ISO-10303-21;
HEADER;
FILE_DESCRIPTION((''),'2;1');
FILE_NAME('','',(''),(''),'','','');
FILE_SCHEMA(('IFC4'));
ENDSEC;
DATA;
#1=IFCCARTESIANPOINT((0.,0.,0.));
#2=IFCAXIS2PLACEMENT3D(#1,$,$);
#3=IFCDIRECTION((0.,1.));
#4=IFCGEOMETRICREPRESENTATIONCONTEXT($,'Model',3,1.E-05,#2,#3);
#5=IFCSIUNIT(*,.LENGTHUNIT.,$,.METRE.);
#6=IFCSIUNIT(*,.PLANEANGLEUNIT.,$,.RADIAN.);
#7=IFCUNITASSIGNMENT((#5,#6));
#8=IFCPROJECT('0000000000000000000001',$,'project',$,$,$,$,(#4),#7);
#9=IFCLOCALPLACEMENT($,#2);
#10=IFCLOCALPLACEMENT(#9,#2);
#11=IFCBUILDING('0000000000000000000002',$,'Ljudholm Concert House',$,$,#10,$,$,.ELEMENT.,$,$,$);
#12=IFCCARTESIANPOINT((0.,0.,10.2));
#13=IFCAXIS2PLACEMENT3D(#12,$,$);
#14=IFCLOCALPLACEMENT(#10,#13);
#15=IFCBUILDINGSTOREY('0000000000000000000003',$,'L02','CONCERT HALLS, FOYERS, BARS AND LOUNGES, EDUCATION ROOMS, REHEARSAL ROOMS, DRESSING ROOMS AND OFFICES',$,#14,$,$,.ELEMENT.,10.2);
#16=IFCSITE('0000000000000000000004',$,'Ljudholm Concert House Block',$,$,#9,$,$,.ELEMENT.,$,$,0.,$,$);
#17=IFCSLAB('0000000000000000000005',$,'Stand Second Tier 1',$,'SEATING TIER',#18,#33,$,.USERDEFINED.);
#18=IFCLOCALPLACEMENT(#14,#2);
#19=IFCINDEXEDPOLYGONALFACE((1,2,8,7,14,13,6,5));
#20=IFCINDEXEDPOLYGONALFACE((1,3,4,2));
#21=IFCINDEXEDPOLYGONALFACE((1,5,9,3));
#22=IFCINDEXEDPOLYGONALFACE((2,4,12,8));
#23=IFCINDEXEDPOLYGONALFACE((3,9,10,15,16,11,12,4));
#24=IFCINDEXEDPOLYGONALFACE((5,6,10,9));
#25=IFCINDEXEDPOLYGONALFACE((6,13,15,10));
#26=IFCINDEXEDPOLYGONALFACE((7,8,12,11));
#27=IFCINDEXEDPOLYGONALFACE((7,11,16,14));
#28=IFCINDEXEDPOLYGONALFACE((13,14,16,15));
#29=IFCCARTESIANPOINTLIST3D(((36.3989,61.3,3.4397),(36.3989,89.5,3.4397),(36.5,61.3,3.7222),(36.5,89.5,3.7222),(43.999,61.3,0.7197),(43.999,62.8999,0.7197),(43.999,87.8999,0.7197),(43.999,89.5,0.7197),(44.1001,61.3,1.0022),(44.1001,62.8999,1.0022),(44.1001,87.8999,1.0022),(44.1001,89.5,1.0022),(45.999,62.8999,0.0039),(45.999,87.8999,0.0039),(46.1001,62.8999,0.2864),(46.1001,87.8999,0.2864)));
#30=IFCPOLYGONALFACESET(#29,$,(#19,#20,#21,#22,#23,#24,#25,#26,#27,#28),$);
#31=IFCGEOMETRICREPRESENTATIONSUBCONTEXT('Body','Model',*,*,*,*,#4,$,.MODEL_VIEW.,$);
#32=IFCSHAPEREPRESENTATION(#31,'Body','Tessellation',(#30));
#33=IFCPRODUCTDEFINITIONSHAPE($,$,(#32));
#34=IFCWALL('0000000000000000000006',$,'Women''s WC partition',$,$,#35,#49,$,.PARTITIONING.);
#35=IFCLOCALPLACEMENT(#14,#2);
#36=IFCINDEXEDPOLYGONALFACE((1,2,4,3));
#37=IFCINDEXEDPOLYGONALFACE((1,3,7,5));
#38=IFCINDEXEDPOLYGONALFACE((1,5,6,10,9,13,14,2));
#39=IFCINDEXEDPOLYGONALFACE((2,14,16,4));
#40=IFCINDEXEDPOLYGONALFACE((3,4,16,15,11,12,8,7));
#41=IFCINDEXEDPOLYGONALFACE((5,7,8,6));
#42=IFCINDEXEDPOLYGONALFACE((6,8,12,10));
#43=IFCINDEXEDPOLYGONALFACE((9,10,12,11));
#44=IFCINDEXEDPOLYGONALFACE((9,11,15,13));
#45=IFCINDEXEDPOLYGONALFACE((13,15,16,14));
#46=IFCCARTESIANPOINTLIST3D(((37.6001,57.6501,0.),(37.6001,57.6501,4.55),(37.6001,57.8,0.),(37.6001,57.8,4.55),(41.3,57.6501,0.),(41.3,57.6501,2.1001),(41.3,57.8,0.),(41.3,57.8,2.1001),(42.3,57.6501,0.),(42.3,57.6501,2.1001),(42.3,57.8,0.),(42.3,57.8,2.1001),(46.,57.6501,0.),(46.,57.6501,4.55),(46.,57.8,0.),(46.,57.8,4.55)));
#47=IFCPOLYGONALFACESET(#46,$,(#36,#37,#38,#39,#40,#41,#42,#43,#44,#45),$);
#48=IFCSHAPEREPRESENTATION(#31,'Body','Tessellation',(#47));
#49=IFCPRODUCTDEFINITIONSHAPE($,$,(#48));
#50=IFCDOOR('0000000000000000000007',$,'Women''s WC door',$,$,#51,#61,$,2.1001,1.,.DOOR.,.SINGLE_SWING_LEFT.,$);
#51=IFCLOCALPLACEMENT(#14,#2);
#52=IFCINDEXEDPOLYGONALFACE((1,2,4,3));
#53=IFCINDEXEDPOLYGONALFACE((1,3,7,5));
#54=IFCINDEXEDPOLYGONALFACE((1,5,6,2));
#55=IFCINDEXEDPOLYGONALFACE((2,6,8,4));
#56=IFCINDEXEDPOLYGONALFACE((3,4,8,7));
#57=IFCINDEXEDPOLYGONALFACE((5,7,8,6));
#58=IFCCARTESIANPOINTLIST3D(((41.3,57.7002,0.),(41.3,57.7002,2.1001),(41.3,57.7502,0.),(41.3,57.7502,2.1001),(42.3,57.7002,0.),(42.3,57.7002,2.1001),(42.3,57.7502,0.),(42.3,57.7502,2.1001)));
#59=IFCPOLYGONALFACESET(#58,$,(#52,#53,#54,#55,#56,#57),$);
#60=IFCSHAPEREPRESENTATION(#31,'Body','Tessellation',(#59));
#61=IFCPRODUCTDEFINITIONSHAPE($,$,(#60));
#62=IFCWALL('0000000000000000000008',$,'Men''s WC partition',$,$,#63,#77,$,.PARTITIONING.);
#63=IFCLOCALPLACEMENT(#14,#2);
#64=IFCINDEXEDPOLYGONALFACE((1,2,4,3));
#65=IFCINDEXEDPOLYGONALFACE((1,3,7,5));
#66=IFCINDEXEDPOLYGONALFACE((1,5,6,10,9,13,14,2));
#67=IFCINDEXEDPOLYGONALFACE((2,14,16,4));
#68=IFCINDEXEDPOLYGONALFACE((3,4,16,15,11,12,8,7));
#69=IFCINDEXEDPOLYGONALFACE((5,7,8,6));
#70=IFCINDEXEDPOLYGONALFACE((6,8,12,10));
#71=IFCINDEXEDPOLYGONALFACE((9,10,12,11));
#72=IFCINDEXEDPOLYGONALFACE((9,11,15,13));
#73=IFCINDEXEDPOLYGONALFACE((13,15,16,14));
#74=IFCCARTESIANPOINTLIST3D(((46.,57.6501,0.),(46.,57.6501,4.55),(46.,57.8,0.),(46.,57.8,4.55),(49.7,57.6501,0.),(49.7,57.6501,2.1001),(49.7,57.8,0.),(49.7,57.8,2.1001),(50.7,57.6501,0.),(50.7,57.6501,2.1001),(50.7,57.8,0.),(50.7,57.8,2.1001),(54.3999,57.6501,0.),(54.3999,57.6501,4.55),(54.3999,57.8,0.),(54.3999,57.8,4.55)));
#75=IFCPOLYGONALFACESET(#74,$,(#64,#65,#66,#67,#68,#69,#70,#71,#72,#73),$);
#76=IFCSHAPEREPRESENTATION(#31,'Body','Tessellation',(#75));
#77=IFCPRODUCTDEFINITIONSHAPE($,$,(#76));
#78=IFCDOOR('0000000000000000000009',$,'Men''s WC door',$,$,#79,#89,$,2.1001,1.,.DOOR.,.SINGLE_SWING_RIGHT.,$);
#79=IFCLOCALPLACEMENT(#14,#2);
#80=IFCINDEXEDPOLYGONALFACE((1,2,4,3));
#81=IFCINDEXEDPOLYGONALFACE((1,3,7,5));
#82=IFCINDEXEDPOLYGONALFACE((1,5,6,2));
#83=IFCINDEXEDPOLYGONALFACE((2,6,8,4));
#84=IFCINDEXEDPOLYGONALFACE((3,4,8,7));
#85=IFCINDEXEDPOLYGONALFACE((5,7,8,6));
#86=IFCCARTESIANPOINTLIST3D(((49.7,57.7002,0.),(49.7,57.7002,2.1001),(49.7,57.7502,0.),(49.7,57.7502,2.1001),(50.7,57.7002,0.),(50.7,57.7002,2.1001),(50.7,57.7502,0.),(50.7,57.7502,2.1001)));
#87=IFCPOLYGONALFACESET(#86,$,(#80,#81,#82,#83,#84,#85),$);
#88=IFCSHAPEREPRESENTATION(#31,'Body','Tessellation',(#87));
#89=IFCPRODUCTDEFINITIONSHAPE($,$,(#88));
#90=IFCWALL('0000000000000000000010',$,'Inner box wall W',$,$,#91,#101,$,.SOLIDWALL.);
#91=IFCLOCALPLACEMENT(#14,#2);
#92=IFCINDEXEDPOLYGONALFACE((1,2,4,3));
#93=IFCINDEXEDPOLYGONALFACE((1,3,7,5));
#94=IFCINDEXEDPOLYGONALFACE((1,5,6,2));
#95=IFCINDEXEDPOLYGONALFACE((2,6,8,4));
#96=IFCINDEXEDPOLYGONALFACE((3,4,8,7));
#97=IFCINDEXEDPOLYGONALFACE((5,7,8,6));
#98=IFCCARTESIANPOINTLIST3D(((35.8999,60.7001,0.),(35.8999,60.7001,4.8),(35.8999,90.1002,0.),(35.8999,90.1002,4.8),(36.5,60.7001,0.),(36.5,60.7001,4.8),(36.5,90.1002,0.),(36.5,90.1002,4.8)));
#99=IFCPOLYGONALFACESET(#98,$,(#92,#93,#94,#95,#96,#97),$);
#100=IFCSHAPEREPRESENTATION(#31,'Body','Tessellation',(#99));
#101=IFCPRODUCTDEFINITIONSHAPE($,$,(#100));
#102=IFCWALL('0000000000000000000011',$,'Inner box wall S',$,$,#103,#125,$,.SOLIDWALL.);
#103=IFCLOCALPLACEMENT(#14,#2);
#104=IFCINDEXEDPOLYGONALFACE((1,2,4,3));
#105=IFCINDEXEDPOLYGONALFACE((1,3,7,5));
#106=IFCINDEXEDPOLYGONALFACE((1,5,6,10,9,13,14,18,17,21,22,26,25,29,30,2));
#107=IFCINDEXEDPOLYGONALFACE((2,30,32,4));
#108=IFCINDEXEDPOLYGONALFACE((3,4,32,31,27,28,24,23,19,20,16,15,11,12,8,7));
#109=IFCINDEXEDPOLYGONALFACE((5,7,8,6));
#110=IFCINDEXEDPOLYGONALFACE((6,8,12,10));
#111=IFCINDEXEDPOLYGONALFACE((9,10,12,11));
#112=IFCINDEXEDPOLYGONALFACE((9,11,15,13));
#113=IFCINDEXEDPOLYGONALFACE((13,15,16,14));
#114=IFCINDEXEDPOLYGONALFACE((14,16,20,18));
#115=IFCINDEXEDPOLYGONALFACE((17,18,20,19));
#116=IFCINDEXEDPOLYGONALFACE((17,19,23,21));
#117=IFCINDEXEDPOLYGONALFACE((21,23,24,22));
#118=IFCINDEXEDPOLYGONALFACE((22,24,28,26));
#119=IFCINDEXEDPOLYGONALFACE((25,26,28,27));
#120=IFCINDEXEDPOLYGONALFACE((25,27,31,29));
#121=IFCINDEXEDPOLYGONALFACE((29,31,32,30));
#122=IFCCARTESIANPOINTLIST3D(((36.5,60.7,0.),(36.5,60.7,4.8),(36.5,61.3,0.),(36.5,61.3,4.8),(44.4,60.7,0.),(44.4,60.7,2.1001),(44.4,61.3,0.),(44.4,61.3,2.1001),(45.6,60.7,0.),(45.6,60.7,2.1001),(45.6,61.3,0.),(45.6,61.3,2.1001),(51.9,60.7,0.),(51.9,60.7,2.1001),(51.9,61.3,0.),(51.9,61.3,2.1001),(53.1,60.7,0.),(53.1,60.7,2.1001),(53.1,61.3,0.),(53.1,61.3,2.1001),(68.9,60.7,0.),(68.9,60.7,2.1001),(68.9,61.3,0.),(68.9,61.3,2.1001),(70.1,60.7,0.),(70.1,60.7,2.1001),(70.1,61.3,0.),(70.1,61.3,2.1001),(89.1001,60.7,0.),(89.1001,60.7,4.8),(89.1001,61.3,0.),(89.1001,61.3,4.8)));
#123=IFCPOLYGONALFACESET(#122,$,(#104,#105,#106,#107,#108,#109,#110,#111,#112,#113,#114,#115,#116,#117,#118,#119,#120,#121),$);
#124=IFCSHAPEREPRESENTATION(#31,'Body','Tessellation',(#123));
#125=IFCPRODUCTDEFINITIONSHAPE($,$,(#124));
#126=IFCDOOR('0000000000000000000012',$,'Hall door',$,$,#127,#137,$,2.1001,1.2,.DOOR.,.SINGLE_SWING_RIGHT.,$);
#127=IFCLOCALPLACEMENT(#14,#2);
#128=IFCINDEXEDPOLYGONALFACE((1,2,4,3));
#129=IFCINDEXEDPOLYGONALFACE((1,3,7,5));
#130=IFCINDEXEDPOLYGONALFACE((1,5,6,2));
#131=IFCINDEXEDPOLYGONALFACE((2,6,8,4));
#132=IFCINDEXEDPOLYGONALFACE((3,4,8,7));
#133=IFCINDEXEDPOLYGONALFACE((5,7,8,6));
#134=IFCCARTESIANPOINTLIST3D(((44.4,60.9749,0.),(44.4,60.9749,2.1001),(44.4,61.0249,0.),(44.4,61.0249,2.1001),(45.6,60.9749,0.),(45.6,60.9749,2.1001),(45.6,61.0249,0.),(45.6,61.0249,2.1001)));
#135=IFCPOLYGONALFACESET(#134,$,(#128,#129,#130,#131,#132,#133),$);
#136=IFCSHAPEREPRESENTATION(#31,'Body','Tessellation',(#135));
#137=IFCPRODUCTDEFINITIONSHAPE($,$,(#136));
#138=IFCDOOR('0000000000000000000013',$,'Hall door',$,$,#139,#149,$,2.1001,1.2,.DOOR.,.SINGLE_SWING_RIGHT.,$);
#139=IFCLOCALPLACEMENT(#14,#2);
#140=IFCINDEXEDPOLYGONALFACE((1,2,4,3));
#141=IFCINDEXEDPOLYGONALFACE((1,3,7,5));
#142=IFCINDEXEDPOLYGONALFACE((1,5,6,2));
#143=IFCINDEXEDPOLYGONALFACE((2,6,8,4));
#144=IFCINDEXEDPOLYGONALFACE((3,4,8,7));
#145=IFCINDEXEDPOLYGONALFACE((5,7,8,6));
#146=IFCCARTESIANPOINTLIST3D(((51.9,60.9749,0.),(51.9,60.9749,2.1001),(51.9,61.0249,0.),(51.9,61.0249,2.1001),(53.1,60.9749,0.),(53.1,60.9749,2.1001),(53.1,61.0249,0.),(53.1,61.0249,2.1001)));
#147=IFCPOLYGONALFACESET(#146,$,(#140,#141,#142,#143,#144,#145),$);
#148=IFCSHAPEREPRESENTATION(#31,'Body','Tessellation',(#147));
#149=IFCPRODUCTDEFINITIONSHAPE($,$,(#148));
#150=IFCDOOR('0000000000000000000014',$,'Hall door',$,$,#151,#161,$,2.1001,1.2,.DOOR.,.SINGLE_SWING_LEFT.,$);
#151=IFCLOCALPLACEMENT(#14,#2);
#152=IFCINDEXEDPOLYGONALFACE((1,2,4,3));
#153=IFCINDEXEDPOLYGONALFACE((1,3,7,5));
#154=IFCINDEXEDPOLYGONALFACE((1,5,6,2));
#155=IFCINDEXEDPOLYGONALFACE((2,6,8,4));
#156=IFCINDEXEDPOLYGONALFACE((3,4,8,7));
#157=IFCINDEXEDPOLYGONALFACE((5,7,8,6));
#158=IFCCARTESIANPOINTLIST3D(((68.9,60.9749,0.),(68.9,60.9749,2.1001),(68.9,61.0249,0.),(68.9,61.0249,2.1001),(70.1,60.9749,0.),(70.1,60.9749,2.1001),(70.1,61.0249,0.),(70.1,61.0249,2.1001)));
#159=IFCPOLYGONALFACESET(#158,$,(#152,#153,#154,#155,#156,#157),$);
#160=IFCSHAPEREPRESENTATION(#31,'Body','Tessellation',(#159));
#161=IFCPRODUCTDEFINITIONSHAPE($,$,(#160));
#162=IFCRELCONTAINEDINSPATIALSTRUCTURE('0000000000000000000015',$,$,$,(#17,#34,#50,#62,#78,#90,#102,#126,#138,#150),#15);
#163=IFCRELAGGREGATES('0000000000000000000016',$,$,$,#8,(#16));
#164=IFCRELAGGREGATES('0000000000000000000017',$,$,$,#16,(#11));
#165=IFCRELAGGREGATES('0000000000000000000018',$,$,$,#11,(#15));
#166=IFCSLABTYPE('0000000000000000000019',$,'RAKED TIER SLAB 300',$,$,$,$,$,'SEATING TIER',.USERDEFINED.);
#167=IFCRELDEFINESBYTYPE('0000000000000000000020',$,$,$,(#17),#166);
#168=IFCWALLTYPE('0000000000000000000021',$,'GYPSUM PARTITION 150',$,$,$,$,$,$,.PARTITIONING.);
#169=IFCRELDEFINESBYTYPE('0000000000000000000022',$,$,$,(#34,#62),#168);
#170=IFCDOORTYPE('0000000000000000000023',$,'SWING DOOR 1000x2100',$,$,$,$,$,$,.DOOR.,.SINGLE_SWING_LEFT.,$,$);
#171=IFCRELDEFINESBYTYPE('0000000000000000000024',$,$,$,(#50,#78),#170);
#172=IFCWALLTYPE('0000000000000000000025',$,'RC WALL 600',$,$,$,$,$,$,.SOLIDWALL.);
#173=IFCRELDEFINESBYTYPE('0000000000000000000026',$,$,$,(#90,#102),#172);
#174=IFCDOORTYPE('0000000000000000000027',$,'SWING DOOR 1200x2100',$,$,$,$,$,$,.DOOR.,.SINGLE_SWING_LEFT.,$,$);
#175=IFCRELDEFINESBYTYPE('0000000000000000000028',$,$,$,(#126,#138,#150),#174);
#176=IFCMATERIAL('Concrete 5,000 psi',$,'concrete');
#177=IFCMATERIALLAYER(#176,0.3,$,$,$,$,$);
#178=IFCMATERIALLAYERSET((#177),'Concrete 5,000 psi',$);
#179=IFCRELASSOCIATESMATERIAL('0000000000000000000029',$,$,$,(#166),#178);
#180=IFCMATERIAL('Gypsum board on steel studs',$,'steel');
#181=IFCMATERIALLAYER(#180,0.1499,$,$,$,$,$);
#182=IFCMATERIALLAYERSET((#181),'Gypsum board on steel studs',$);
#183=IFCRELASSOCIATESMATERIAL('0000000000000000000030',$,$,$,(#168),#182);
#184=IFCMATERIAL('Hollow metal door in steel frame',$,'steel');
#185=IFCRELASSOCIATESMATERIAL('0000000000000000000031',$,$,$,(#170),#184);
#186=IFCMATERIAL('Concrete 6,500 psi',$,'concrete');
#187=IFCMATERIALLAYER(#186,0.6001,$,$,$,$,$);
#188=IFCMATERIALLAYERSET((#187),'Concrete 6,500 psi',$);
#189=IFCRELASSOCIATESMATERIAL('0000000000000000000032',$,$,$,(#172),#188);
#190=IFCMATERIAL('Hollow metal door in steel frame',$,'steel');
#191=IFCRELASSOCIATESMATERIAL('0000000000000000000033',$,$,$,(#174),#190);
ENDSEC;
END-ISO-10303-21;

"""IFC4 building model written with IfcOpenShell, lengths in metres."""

from ifc_helpers import new_model, si_unit, direction, frame, frame_2d, origin, place, context, subcontext, project, spatial, polyline, rectangle, outline, extrude, material, layer, layer_set, type_object, element, fill, save


model = new_model("IFC4")

# Units and contexts
model_context = context("Model", 3, precision=1e-05, world=origin(), true_north=direction((0.0, 1.0)))
body_context = subcontext(model_context, "Body", "Model", "MODEL_VIEW")
ifc_project = project(units=[si_unit("LENGTHUNIT", "METRE"), si_unit("PLANEANGLEUNIT", "RADIAN")], contexts=[model_context])

# Site, building, storey
site_placement = place(None, origin())
site = spatial("IfcSite", under=ifc_project, at=site_placement, Name="Ljudholm Concert House Block", CompositionType="ELEMENT", RefElevation=0.0)
building_placement = place(site_placement, origin())
building = spatial("IfcBuilding", under=site, at=building_placement, Name="Ljudholm Concert House", CompositionType="ELEMENT")
storey_placement = place(building_placement, frame((0.0, 0.0, 10.2)))
storey = spatial("IfcBuildingStorey", under=building, at=storey_placement, Name="L02", Description="CONCERT HALLS, FOYERS, BARS AND LOUNGES, EDUCATION ROOMS, REHEARSAL ROOMS, DRESSING ROOMS AND OFFICES", CompositionType="ELEMENT", Elevation=10.2)

# Slab
ifc_material_1 = material(Name="Concrete 5,000 psi", Category="concrete")
ifc_layer_1 = layer(ifc_material_1, 0.3)
ifc_layer_set_1 = layer_set([ifc_layer_1], Name="Concrete 5,000 psi")
slab_type = type_object("IfcSlabType", Name="RAKED TIER SLAB 300", ElementType="SEATING TIER", PredefinedType="USERDEFINED", material=ifc_layer_set_1)
slab_placement = place(storey_placement, frame((46.1001, 62.8999, 0.2864), z_axis=(0.336961, 0.0, 0.941519), x_axis=(-0.941519, 0.0, 0.336961)))
element("IfcSlab", 1, at=slab_placement, inside=storey, type_object=slab_type, Name="Stand Second Tier 1", ObjectType="SEATING TIER", PredefinedType="USERDEFINED", context=body_context, shape_type="SweptSolid", body=[
    extrude(outline(polyline([(0.0, 0.0), (2.1242, 0.0), (2.1242, 1.5999), (10.1964, 1.5999), (10.1964, -26.6001), (2.1242, -26.6001), (2.1242, -25.0), (0.0, -25.0), (0.0, 0.0)])), origin(), (0.0, 0.0, -1.0), 0.3),
])

# Walls, openings, doors
ifc_material_2 = material(Name="Gypsum board on steel studs", Category="steel")
ifc_layer_2 = layer(ifc_material_2, 0.1499)
ifc_layer_set_2 = layer_set([ifc_layer_2], Name="Gypsum board on steel studs")
wall_type_1 = type_object("IfcWallType", Name="GYPSUM PARTITION 150", PredefinedType="PARTITIONING", material=ifc_layer_set_2)
wall_1_placement = place(storey_placement, frame((37.6001, 57.7251, 0.0), z_axis=(0.0, 0.0, 1.0), x_axis=(1.0, 0.0, 0.0)))
wall_1 = element("IfcWall", 2, at=wall_1_placement, inside=storey, type_object=wall_type_1, Name="Women's WC partition", PredefinedType="PARTITIONING", context=body_context, shape_type="SweptSolid", body=[
    extrude(rectangle(XDim=8.3999, YDim=0.1499, at=frame_2d((4.2, 0.0))), origin(), (0.0, 0.0, 1.0), 4.55),
])
opening_1_placement = place(wall_1_placement, frame((3.7, 0.0, 0.0)))
opening_1 = element("IfcOpeningElement", 3, at=opening_1_placement, cuts=wall_1, PredefinedType="OPENING", context=body_context, shape_type="SweptSolid", body=[
    extrude(rectangle(XDim=1.0, YDim=2.1001, at=frame_2d((0.5, 1.05))), frame((0.0, 0.085, 0.0), z_axis=(0.0, -1.0, 0.0), x_axis=(1.0, 0.0, 0.0)), (0.0, 0.0, 1.0), 0.1699),
])
ifc_material_3 = material(Name="Hollow metal door in steel frame", Category="steel")
door_type_1 = type_object("IfcDoorType", Name="SWING DOOR 1000x2100", OperationType="SINGLE_SWING_LEFT", PredefinedType="DOOR", material=ifc_material_3)
door_1_placement = place(opening_1_placement, frame((1.0, 0.0, 0.0), z_axis=(0.0, 0.0, 1.0), x_axis=(-1.0, 0.0, 0.0)))
door_1 = element("IfcDoor", 4, at=door_1_placement, inside=storey, type_object=door_type_1, Name="Women's WC door", OperationType="SINGLE_SWING_LEFT", OverallHeight=2.1001, OverallWidth=1.0, PredefinedType="DOOR", context=body_context, shape_type="SweptSolid", body=[
    extrude(rectangle(XDim=1.0, YDim=2.1001, at=frame_2d((0.5, 1.05))), frame((0.0, 0.0249, 0.0), z_axis=(0.0, -1.0, 0.0), x_axis=(1.0, 0.0, 0.0)), (0.0, 0.0, 1.0), 0.05),
])
fill(opening_1, door_1)
wall_2_placement = place(storey_placement, frame((46.0, 57.7251, 0.0), z_axis=(0.0, 0.0, 1.0), x_axis=(1.0, 0.0, 0.0)))
wall_2 = element("IfcWall", 5, at=wall_2_placement, inside=storey, type_object=wall_type_1, Name="Men's WC partition", PredefinedType="PARTITIONING", context=body_context, shape_type="SweptSolid", body=[
    extrude(rectangle(XDim=8.3999, YDim=0.1499, at=frame_2d((4.2, 0.0))), origin(), (0.0, 0.0, 1.0), 4.55),
])
opening_2_placement = place(wall_2_placement, frame((3.7, 0.0, 0.0)))
opening_2 = element("IfcOpeningElement", 6, at=opening_2_placement, cuts=wall_2, PredefinedType="OPENING", context=body_context, shape_type="SweptSolid", body=[
    extrude(rectangle(XDim=1.0, YDim=2.1001, at=frame_2d((0.5, 1.05))), frame((0.0, 0.085, 0.0), z_axis=(0.0, -1.0, 0.0), x_axis=(1.0, 0.0, 0.0)), (0.0, 0.0, 1.0), 0.1699),
])
door_2_placement = place(opening_2_placement, frame((1.0, 0.0, 0.0), z_axis=(0.0, 0.0, 1.0), x_axis=(-1.0, 0.0, 0.0)))
door_2 = element("IfcDoor", 7, at=door_2_placement, inside=storey, type_object=door_type_1, Name="Men's WC door", OperationType="SINGLE_SWING_RIGHT", OverallHeight=2.1001, OverallWidth=1.0, PredefinedType="DOOR", context=body_context, shape_type="SweptSolid", body=[
    extrude(rectangle(XDim=1.0, YDim=2.1001, at=frame_2d((0.5, 1.05))), frame((0.0, 0.0249, 0.0), z_axis=(0.0, -1.0, 0.0), x_axis=(1.0, 0.0, 0.0)), (0.0, 0.0, 1.0), 0.05),
])
fill(opening_2, door_2)

# Wall
ifc_material_4 = material(Name="Concrete 6,500 psi", Category="concrete")
ifc_layer_3 = layer(ifc_material_4, 0.6001)
ifc_layer_set_3 = layer_set([ifc_layer_3], Name="Concrete 6,500 psi")
wall_type_2 = type_object("IfcWallType", Name="RC WALL 600", PredefinedType="SOLIDWALL", material=ifc_layer_set_3)
wall_3_placement = place(storey_placement, frame((36.2, 60.7, 0.0), z_axis=(0.0, 0.0, 1.0), x_axis=(0.0, 1.0, 0.0)))
element("IfcWall", 8, at=wall_3_placement, inside=storey, type_object=wall_type_2, Name="Inner box wall W", PredefinedType="SOLIDWALL", context=body_context, shape_type="SweptSolid", body=[
    extrude(rectangle(XDim=29.4001, YDim=0.6001, at=frame_2d((14.7002, 0.0))), origin(), (0.0, 0.0, 1.0), 4.8),
])

# Wall, openings, doors
wall_4_placement = place(storey_placement, frame((36.5, 61.0, 0.0), z_axis=(0.0, 0.0, 1.0), x_axis=(1.0, 0.0, 0.0)))
wall_4 = element("IfcWall", 9, at=wall_4_placement, inside=storey, type_object=wall_type_2, Name="Inner box wall S", PredefinedType="SOLIDWALL", context=body_context, shape_type="SweptSolid", body=[
    extrude(rectangle(XDim=52.6001, YDim=0.6001, at=frame_2d((26.3, 0.0))), origin(), (0.0, 0.0, 1.0), 4.8),
])
opening_3_placement = place(wall_4_placement, frame((7.8999, 0.0, 0.0)))
opening_3 = element("IfcOpeningElement", 10, at=opening_3_placement, cuts=wall_4, PredefinedType="OPENING", context=body_context, shape_type="SweptSolid", body=[
    extrude(rectangle(XDim=1.2, YDim=2.1001, at=frame_2d((0.6001, 1.05))), frame((0.0, 0.3101, 0.0), z_axis=(0.0, -1.0, 0.0), x_axis=(1.0, 0.0, 0.0)), (0.0, 0.0, 1.0), 0.6201),
])
opening_4_placement = place(wall_4_placement, frame((15.3999, 0.0, 0.0)))
opening_4 = element("IfcOpeningElement", 11, at=opening_4_placement, cuts=wall_4, PredefinedType="OPENING", context=body_context, shape_type="SweptSolid", body=[
    extrude(rectangle(XDim=1.2, YDim=2.1001, at=frame_2d((0.6001, 1.05))), frame((0.0, 0.3101, 0.0), z_axis=(0.0, -1.0, 0.0), x_axis=(1.0, 0.0, 0.0)), (0.0, 0.0, 1.0), 0.6201),
])
opening_5_placement = place(wall_4_placement, frame((32.3999, 0.0, 0.0)))
opening_5 = element("IfcOpeningElement", 12, at=opening_5_placement, cuts=wall_4, PredefinedType="OPENING", context=body_context, shape_type="SweptSolid", body=[
    extrude(rectangle(XDim=1.2, YDim=2.1001, at=frame_2d((0.6001, 1.05))), frame((0.0, 0.3101, 0.0), z_axis=(0.0, -1.0, 0.0), x_axis=(1.0, 0.0, 0.0)), (0.0, 0.0, 1.0), 0.6201),
])
ifc_material_5 = material(Name="Hollow metal door in steel frame", Category="steel")
door_type_2 = type_object("IfcDoorType", Name="SWING DOOR 1200x2100", OperationType="SINGLE_SWING_LEFT", PredefinedType="DOOR", material=ifc_material_5)
door_3_placement = place(opening_3_placement, origin())
door_3 = element("IfcDoor", 13, at=door_3_placement, inside=storey, type_object=door_type_2, Name="Hall door", OperationType="SINGLE_SWING_RIGHT", OverallHeight=2.1001, OverallWidth=1.2, PredefinedType="DOOR", context=body_context, shape_type="SweptSolid", body=[
    extrude(rectangle(XDim=1.2, YDim=2.1001, at=frame_2d((0.6001, 1.05))), frame((0.0, 0.0249, 0.0), z_axis=(0.0, -1.0, 0.0), x_axis=(1.0, 0.0, 0.0)), (0.0, 0.0, 1.0), 0.05),
])
fill(opening_3, door_3)
door_4_placement = place(opening_4_placement, origin())
door_4 = element("IfcDoor", 14, at=door_4_placement, inside=storey, type_object=door_type_2, Name="Hall door", OperationType="SINGLE_SWING_RIGHT", OverallHeight=2.1001, OverallWidth=1.2, PredefinedType="DOOR", context=body_context, shape_type="SweptSolid", body=[
    extrude(rectangle(XDim=1.2, YDim=2.1001, at=frame_2d((0.6001, 1.05))), frame((0.0, 0.0249, 0.0), z_axis=(0.0, -1.0, 0.0), x_axis=(1.0, 0.0, 0.0)), (0.0, 0.0, 1.0), 0.05),
])
fill(opening_4, door_4)
door_5_placement = place(opening_5_placement, origin())
door_5 = element("IfcDoor", 15, at=door_5_placement, inside=storey, type_object=door_type_2, Name="Hall door", OperationType="SINGLE_SWING_LEFT", OverallHeight=2.1001, OverallWidth=1.2, PredefinedType="DOOR", context=body_context, shape_type="SweptSolid", body=[
    extrude(rectangle(XDim=1.2, YDim=2.1001, at=frame_2d((0.6001, 1.05))), frame((0.0, 0.0249, 0.0), z_axis=(0.0, -1.0, 0.0), x_axis=(1.0, 0.0, 0.0)), (0.0, 0.0, 1.0), 0.05),
])
fill(opening_5, door_5)

save(model, "model.ifc")
